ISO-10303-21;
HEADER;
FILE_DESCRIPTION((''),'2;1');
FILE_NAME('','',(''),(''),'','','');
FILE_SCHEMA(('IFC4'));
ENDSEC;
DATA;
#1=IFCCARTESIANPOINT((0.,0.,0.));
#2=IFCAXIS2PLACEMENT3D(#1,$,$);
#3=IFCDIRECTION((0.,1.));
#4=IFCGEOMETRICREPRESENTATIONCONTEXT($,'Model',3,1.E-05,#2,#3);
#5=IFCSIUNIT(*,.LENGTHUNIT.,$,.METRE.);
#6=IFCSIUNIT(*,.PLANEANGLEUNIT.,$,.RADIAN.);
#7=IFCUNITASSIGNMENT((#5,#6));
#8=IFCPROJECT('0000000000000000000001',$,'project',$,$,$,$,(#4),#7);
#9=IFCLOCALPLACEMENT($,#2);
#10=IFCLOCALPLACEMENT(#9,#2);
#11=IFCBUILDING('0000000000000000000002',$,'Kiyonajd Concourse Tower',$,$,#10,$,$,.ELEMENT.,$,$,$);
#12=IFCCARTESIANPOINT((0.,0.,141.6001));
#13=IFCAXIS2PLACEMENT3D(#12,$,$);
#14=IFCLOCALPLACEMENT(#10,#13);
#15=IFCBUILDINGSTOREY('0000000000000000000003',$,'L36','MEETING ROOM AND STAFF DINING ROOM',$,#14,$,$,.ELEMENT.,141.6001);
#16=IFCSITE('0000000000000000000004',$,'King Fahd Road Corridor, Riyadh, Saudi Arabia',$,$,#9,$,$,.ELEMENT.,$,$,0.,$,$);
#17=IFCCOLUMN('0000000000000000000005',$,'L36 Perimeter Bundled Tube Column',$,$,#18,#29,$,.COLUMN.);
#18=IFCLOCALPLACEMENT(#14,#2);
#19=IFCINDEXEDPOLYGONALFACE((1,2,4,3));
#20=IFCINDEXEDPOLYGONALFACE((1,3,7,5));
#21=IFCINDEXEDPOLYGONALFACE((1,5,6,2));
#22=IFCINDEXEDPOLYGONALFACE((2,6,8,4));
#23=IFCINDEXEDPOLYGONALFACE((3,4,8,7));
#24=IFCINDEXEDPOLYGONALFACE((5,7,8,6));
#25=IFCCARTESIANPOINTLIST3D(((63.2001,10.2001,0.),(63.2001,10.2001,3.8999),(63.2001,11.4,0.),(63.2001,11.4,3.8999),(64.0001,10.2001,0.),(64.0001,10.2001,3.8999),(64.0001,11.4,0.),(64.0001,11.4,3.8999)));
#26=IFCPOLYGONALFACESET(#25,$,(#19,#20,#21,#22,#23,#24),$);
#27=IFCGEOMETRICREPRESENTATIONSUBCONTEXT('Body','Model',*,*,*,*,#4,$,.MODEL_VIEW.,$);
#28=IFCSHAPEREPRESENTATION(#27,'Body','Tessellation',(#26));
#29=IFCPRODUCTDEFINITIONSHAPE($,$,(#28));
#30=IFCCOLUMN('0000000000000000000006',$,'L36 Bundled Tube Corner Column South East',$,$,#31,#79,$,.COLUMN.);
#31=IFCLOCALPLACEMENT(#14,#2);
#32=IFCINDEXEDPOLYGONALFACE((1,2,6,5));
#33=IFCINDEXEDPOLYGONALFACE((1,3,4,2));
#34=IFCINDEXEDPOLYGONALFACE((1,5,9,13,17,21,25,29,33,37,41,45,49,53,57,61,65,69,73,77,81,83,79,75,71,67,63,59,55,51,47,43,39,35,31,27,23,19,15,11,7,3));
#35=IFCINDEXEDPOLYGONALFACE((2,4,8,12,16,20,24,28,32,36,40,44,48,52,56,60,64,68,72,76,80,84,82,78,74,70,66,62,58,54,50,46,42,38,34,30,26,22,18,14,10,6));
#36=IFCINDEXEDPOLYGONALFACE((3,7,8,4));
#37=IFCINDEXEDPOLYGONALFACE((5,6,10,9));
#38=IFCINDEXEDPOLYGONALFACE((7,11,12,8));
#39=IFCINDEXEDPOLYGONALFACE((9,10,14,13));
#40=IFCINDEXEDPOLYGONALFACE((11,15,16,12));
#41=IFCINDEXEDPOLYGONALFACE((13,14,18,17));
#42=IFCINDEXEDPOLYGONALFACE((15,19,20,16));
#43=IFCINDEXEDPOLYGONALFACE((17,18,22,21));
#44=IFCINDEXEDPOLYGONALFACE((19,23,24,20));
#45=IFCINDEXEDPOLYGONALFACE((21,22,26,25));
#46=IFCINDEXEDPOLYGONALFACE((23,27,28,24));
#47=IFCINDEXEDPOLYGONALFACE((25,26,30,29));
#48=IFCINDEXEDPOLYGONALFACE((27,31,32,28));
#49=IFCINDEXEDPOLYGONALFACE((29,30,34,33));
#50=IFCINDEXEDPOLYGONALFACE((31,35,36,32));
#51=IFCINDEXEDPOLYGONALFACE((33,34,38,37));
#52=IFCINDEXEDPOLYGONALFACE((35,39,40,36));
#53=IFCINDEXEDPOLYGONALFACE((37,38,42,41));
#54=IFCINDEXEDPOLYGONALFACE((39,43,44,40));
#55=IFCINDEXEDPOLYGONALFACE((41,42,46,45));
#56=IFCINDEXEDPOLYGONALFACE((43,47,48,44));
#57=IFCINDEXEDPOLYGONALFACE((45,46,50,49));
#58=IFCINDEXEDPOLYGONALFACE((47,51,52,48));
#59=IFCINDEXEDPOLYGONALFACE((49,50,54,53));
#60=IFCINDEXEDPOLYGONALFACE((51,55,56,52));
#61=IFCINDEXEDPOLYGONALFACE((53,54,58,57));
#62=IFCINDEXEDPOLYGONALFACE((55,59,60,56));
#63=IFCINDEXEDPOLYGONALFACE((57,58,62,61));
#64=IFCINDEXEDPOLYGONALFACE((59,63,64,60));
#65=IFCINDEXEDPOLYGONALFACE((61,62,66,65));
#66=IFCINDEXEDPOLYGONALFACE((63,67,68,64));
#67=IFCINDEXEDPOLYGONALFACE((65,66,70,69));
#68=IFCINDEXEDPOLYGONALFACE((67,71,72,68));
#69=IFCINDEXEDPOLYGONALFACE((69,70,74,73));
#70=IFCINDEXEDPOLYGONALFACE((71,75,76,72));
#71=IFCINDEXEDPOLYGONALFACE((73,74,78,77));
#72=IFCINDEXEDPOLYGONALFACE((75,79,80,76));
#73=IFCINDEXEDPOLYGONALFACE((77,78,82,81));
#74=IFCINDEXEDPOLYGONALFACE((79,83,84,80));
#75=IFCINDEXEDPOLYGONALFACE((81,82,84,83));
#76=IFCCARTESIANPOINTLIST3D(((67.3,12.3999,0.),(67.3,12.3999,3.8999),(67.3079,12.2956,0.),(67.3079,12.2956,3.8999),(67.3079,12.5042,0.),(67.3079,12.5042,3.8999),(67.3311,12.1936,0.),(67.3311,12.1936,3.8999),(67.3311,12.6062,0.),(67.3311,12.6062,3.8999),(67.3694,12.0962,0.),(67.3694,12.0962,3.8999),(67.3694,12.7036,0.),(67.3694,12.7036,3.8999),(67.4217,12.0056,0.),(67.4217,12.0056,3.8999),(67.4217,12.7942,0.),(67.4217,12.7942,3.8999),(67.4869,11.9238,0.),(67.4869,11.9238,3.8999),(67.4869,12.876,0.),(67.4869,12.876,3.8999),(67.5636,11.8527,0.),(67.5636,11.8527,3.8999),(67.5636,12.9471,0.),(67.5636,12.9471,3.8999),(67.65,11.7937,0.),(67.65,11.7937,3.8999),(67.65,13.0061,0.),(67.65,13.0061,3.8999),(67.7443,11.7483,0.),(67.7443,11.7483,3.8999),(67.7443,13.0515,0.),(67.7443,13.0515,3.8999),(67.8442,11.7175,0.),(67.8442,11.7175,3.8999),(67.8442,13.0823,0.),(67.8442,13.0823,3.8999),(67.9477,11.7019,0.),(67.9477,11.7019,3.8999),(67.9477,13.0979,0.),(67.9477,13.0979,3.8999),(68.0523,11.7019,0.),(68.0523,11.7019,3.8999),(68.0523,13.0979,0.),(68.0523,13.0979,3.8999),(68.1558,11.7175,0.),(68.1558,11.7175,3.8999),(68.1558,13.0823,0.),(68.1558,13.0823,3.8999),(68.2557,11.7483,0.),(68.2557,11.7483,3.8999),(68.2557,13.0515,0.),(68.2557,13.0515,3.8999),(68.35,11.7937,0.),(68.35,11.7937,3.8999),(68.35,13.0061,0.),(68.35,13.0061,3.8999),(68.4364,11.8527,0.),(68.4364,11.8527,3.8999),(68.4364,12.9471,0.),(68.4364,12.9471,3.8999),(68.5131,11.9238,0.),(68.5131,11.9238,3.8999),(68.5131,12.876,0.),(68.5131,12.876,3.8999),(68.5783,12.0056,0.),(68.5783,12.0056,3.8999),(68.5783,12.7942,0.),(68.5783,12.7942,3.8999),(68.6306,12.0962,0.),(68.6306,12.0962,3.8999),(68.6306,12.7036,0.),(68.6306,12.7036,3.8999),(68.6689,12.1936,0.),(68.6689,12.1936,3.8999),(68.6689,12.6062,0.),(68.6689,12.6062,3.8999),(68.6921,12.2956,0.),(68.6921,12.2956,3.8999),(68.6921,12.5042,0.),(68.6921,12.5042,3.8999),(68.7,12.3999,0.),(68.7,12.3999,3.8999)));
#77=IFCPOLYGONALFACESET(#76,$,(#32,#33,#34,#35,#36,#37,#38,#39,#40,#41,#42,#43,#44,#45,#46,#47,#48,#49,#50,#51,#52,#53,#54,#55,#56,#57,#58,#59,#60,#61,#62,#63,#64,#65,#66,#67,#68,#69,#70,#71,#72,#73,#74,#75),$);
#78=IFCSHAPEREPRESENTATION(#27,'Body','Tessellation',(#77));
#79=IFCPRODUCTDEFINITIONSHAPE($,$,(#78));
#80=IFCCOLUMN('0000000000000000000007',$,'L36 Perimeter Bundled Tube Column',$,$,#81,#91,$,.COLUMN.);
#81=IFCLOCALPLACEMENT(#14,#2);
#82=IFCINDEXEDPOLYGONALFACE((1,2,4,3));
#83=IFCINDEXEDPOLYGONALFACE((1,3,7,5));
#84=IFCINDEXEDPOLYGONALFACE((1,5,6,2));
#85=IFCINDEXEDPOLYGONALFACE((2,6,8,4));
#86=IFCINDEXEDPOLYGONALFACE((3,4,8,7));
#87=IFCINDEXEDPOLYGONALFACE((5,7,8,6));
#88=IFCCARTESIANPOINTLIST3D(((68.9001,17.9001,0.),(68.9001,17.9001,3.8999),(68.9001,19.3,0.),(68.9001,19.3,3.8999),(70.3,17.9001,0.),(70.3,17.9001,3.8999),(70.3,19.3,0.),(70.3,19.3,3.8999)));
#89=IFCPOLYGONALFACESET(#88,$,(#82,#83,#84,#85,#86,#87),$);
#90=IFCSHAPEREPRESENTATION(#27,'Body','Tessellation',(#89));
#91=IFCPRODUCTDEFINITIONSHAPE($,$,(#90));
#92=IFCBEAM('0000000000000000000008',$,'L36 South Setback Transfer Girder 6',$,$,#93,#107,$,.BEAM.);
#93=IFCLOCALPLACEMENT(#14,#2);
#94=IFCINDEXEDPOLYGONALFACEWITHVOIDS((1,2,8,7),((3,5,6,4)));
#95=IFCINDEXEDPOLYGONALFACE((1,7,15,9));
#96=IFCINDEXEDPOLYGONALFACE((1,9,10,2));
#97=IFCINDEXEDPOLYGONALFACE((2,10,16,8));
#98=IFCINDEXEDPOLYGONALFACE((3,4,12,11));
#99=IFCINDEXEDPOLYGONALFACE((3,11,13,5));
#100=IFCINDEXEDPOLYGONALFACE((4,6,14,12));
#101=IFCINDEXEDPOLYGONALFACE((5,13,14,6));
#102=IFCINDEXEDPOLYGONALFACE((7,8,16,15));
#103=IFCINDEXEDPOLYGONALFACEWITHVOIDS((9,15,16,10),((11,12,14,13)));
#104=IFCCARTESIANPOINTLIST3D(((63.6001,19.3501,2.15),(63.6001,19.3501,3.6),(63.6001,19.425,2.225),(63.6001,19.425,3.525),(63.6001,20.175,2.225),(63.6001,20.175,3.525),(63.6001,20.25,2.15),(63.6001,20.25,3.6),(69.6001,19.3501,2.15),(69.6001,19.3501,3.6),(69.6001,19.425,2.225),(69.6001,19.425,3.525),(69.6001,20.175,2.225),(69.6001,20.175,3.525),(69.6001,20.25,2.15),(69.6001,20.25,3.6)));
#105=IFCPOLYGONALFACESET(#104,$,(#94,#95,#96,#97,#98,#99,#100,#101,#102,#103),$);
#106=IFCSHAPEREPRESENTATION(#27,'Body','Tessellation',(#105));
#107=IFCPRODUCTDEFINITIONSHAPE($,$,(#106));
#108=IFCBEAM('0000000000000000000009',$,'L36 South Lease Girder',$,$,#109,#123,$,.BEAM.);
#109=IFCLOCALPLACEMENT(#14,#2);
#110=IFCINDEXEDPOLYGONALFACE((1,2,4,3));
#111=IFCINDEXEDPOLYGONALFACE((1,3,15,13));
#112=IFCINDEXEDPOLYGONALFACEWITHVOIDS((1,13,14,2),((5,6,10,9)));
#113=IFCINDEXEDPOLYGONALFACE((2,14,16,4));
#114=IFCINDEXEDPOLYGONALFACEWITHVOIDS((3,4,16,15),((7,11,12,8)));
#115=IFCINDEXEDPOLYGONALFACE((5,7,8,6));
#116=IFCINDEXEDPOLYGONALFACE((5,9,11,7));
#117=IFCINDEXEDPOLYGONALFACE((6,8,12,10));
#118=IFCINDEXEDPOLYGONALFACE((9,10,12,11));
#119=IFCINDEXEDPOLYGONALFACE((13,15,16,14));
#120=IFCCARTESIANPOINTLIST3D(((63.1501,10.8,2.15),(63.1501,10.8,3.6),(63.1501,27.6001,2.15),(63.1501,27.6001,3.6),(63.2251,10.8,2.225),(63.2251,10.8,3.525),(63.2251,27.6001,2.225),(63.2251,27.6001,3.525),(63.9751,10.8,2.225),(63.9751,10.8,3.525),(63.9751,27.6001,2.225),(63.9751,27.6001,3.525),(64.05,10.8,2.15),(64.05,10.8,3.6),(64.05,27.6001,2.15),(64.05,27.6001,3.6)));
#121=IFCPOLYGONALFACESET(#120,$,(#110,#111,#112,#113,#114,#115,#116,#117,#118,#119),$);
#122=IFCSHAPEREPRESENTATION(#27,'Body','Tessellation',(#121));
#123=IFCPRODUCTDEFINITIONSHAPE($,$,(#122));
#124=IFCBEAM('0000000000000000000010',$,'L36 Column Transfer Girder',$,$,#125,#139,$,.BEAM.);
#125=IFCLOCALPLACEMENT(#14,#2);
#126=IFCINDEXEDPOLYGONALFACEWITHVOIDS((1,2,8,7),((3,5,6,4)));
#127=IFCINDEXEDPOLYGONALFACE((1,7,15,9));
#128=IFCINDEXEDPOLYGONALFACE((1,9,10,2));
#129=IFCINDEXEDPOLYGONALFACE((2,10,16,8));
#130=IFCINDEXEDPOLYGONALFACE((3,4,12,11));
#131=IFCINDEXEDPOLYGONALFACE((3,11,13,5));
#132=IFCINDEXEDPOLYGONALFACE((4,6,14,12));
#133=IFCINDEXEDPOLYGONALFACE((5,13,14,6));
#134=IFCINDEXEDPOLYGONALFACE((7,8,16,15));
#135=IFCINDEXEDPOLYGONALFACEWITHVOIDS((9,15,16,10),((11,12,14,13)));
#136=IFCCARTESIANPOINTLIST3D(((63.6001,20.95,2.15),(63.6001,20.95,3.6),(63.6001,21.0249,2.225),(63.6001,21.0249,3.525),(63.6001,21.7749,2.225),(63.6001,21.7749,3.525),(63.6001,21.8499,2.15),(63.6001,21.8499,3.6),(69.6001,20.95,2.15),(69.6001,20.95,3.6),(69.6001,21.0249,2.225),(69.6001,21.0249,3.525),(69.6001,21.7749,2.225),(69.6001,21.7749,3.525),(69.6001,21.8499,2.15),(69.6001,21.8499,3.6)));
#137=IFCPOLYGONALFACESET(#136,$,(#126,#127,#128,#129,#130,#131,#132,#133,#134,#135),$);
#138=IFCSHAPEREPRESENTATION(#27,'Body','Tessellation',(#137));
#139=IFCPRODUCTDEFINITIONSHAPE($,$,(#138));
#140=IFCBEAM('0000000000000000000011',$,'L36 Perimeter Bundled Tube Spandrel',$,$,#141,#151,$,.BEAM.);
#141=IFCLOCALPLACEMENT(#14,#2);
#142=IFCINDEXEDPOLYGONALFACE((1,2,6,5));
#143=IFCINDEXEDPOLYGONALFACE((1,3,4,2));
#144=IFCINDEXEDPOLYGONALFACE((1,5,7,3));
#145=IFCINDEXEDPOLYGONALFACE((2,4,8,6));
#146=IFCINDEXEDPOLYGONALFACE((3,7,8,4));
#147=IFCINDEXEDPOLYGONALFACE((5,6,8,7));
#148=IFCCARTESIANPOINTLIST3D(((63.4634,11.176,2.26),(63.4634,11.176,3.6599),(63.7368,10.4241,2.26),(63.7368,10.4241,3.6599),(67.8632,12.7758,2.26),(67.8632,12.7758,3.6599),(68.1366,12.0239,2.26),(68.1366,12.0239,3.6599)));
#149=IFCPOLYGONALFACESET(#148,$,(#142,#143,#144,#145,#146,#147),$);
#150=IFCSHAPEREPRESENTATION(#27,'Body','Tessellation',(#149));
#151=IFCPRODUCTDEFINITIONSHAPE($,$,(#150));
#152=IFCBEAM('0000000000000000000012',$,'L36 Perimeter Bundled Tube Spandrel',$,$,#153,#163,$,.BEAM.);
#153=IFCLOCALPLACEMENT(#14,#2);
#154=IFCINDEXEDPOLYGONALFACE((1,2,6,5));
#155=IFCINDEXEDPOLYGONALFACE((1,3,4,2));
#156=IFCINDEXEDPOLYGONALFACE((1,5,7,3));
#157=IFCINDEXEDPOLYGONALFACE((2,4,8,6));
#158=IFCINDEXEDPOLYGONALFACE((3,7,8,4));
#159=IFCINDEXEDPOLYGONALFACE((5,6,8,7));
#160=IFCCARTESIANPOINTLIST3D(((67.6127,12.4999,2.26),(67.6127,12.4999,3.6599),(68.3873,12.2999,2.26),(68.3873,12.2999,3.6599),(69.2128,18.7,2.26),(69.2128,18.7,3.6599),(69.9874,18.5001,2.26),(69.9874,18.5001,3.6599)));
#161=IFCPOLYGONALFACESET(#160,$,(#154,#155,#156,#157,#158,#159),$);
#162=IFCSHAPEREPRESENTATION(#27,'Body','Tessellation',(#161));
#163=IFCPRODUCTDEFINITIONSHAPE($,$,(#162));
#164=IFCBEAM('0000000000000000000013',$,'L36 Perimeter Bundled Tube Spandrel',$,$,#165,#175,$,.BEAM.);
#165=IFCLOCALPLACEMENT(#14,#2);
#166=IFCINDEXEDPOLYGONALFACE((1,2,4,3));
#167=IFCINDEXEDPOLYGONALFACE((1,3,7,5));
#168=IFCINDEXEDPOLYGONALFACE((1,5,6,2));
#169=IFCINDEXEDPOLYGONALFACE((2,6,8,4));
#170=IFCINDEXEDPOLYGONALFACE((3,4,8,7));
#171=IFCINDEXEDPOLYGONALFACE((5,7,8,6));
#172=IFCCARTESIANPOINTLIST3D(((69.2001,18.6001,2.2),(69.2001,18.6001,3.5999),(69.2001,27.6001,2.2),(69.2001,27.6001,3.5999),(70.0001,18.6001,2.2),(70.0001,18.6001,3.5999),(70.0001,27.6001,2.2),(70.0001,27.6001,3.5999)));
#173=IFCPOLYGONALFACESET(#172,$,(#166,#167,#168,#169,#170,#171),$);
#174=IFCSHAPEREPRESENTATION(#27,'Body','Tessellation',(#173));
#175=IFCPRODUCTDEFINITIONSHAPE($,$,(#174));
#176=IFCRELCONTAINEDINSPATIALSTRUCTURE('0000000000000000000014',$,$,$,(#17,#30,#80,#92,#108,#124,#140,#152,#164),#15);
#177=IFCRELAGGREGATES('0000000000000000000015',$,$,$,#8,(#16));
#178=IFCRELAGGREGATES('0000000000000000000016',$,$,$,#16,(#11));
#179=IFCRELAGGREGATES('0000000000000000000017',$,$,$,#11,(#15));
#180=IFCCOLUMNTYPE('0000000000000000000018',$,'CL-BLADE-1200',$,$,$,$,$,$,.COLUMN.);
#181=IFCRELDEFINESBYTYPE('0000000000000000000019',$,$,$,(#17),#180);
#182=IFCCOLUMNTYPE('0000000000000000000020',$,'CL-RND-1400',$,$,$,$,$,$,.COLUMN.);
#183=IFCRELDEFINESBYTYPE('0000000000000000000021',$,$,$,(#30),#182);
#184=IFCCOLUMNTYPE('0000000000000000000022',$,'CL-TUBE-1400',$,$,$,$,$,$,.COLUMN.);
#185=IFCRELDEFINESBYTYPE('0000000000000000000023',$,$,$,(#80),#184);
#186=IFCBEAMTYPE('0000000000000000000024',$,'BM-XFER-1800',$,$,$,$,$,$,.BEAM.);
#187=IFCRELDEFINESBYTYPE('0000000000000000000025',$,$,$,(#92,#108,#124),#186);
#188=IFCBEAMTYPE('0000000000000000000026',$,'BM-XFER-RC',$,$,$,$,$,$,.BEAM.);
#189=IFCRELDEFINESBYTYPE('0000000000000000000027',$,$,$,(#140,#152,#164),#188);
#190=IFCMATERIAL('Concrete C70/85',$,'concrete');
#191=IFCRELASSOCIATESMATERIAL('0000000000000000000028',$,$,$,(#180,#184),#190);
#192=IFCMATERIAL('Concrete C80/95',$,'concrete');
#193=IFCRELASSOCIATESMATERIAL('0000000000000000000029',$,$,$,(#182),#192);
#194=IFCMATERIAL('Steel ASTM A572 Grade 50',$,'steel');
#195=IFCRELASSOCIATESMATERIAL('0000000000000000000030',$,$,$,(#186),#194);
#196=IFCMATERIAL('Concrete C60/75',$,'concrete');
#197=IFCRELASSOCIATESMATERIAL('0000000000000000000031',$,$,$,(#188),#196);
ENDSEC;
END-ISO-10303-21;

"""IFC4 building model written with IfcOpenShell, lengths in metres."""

from ifc_helpers import new_model, si_unit, direction, frame, origin, origin_2d, place, context, subcontext, project, spatial, rectangle, hollow_rectangle, circle, extrude, material, material_profile, profile_set, type_object, element, save


model = new_model("IFC4")

# Units and contexts
model_context = context("Model", 3, precision=1e-05, world=origin(), true_north=direction((0.0, 1.0)))
body_context = subcontext(model_context, "Body", "Model", "MODEL_VIEW")
ifc_project = project(units=[si_unit("LENGTHUNIT", "METRE"), si_unit("PLANEANGLEUNIT", "RADIAN")], contexts=[model_context])

# Site, building, storey
site_placement = place(None, origin())
site = spatial("IfcSite", under=ifc_project, at=site_placement, Name="King Fahd Road Corridor, Riyadh, Saudi Arabia", CompositionType="ELEMENT", RefElevation=0.0)
building_placement = place(site_placement, origin())
building = spatial("IfcBuilding", under=site, at=building_placement, Name="Kiyonajd Concourse Tower", CompositionType="ELEMENT")
storey_placement = place(building_placement, frame((0.0, 0.0, 141.6001)))
storey = spatial("IfcBuildingStorey", under=building, at=storey_placement, Name="L36", Description="MEETING ROOM AND STAFF DINING ROOM", CompositionType="ELEMENT", Elevation=141.6001)

# Columns
ifc_material_1 = material(Name="Concrete C70/85", Category="concrete")
ifc_material_profile_1 = material_profile(ifc_material_1, rectangle(XDim=0.8, YDim=1.2, at=origin_2d()), Name="RC-1200x800")
ifc_profile_set_1 = profile_set([ifc_material_profile_1], Name="Concrete C70/85")
column_type_1 = type_object("IfcColumnType", Name="CL-BLADE-1200", PredefinedType="COLUMN", material=ifc_profile_set_1)
column_1_placement = place(storey_placement, frame((63.6001, 10.8, 0.0), z_axis=(0.0, 0.0, 1.0), x_axis=(1.0, 0.0, 0.0)))
element("IfcColumn", 1, at=column_1_placement, inside=storey, type_object=column_type_1, Name="L36 Perimeter Bundled Tube Column", PredefinedType="COLUMN", context=body_context, shape_type="SweptSolid", body=[
    extrude(rectangle(XDim=0.8, YDim=1.2, at=origin_2d()), origin(), (0.0, 0.0, 1.0), 3.8999),
])
ifc_material_2 = material(Name="Concrete C80/95", Category="concrete")
ifc_material_profile_2 = material_profile(ifc_material_2, circle(Radius=0.7, at=origin_2d()), Name="RCC-D1400")
ifc_profile_set_2 = profile_set([ifc_material_profile_2], Name="Concrete C80/95")
column_type_2 = type_object("IfcColumnType", Name="CL-RND-1400", PredefinedType="COLUMN", material=ifc_profile_set_2)
column_2_placement = place(storey_placement, frame((68.0, 12.3999, 0.0), z_axis=(0.0, 0.0, 1.0), x_axis=(1.0, 0.0, 0.0)))
element("IfcColumn", 2, at=column_2_placement, inside=storey, type_object=column_type_2, Name="L36 Bundled Tube Corner Column South East", PredefinedType="COLUMN", context=body_context, shape_type="SweptSolid", body=[
    extrude(circle(Radius=0.7, at=origin_2d()), origin(), (0.0, 0.0, 1.0), 3.8999),
])
ifc_material_profile_3 = material_profile(ifc_material_1, rectangle(XDim=1.3999, YDim=1.3999, at=origin_2d()), Name="RC-1400x1400")
ifc_profile_set_3 = profile_set([ifc_material_profile_3], Name="Concrete C70/85")
column_type_3 = type_object("IfcColumnType", Name="CL-TUBE-1400", PredefinedType="COLUMN", material=ifc_profile_set_3)
column_3_placement = place(storey_placement, frame((69.6001, 18.6001, 0.0), z_axis=(0.0, 0.0, 1.0), x_axis=(1.0, 0.0, 0.0)))
element("IfcColumn", 3, at=column_3_placement, inside=storey, type_object=column_type_3, Name="L36 Perimeter Bundled Tube Column", PredefinedType="COLUMN", context=body_context, shape_type="SweptSolid", body=[
    extrude(rectangle(XDim=1.3999, YDim=1.3999, at=origin_2d()), origin(), (0.0, 0.0, 1.0), 3.8999),
])

# Beams
ifc_material_3 = material(Name="Steel ASTM A572 Grade 50", Category="steel")
ifc_material_profile_4 = material_profile(ifc_material_3, hollow_rectangle(XDim=0.8999, YDim=1.45, WallThickness=0.075, at=origin_2d()), Name="BOX-1450x900x75")
ifc_profile_set_4 = profile_set([ifc_material_profile_4], Name="Steel ASTM A572 Grade 50")
beam_type_1 = type_object("IfcBeamType", Name="BM-XFER-1800", PredefinedType="BEAM", material=ifc_profile_set_4)
beam_1_placement = place(storey_placement, frame((63.6001, 19.8, 2.875), z_axis=(1.0, 0.0, 0.0), x_axis=(0.0, 1.0, 0.0)))
element("IfcBeam", 4, at=beam_1_placement, inside=storey, type_object=beam_type_1, Name="L36 South Setback Transfer Girder 6", PredefinedType="BEAM", context=body_context, shape_type="SweptSolid", body=[
    extrude(hollow_rectangle(XDim=0.8999, YDim=1.45, WallThickness=0.075, at=origin_2d()), origin(), (0.0, 0.0, 1.0), 6.0),
])
beam_2_placement = place(storey_placement, frame((63.6001, 10.8, 2.875), z_axis=(0.0, 1.0, 0.0), x_axis=(-1.0, 0.0, 0.0)))
element("IfcBeam", 5, at=beam_2_placement, inside=storey, type_object=beam_type_1, Name="L36 South Lease Girder", PredefinedType="BEAM", context=body_context, shape_type="SweptSolid", body=[
    extrude(hollow_rectangle(XDim=0.8999, YDim=1.45, WallThickness=0.075, at=origin_2d()), origin(), (0.0, 0.0, 1.0), 16.8),
])
beam_3_placement = place(storey_placement, frame((63.6001, 21.3999, 2.875), z_axis=(1.0, 0.0, 0.0), x_axis=(0.0, 1.0, 0.0)))
element("IfcBeam", 6, at=beam_3_placement, inside=storey, type_object=beam_type_1, Name="L36 Column Transfer Girder", PredefinedType="BEAM", context=body_context, shape_type="SweptSolid", body=[
    extrude(hollow_rectangle(XDim=0.8999, YDim=1.45, WallThickness=0.075, at=origin_2d()), origin(), (0.0, 0.0, 1.0), 6.0),
])
ifc_material_4 = material(Name="Concrete C60/75", Category="concrete")
ifc_material_profile_5 = material_profile(ifc_material_4, rectangle(XDim=0.8, YDim=1.3999, at=origin_2d()), Name="RCBM-800x1400")
ifc_profile_set_5 = profile_set([ifc_material_profile_5], Name="Concrete C60/75")
beam_type_2 = type_object("IfcBeamType", Name="BM-XFER-RC", PredefinedType="BEAM", material=ifc_profile_set_5)
beam_4_placement = place(storey_placement, frame((63.6001, 10.8, 2.96), z_axis=(0.939801, 0.341722, 0.0), x_axis=(-0.341722, 0.939801, 0.0)))
element("IfcBeam", 7, at=beam_4_placement, inside=storey, type_object=beam_type_2, Name="L36 Perimeter Bundled Tube Spandrel", PredefinedType="BEAM", context=body_context, shape_type="SweptSolid", body=[
    extrude(rectangle(XDim=0.8, YDim=1.3999, at=origin_2d()), origin(), (0.0, 0.0, 1.0), 4.6816),
])
beam_5_placement = place(storey_placement, frame((68.0, 12.3999, 2.96), z_axis=(0.249885, 0.968276, 0.0), x_axis=(-0.968276, 0.249885, 0.0)))
element("IfcBeam", 8, at=beam_5_placement, inside=storey, type_object=beam_type_2, Name="L36 Perimeter Bundled Tube Spandrel", PredefinedType="BEAM", context=body_context, shape_type="SweptSolid", body=[
    extrude(rectangle(XDim=0.8, YDim=1.3999, at=origin_2d()), origin(), (0.0, 0.0, 1.0), 6.4033),
])
beam_6_placement = place(storey_placement, frame((69.6001, 18.6001, 2.8999), z_axis=(0.0, 1.0, 0.0), x_axis=(-1.0, 0.0, 0.0)))
element("IfcBeam", 9, at=beam_6_placement, inside=storey, type_object=beam_type_2, Name="L36 Perimeter Bundled Tube Spandrel", PredefinedType="BEAM", context=body_context, shape_type="SweptSolid", body=[
    extrude(rectangle(XDim=0.8, YDim=1.3999, at=origin_2d()), origin(), (0.0, 0.0, 1.0), 9.0),
])

save(model, "model.ifc")
